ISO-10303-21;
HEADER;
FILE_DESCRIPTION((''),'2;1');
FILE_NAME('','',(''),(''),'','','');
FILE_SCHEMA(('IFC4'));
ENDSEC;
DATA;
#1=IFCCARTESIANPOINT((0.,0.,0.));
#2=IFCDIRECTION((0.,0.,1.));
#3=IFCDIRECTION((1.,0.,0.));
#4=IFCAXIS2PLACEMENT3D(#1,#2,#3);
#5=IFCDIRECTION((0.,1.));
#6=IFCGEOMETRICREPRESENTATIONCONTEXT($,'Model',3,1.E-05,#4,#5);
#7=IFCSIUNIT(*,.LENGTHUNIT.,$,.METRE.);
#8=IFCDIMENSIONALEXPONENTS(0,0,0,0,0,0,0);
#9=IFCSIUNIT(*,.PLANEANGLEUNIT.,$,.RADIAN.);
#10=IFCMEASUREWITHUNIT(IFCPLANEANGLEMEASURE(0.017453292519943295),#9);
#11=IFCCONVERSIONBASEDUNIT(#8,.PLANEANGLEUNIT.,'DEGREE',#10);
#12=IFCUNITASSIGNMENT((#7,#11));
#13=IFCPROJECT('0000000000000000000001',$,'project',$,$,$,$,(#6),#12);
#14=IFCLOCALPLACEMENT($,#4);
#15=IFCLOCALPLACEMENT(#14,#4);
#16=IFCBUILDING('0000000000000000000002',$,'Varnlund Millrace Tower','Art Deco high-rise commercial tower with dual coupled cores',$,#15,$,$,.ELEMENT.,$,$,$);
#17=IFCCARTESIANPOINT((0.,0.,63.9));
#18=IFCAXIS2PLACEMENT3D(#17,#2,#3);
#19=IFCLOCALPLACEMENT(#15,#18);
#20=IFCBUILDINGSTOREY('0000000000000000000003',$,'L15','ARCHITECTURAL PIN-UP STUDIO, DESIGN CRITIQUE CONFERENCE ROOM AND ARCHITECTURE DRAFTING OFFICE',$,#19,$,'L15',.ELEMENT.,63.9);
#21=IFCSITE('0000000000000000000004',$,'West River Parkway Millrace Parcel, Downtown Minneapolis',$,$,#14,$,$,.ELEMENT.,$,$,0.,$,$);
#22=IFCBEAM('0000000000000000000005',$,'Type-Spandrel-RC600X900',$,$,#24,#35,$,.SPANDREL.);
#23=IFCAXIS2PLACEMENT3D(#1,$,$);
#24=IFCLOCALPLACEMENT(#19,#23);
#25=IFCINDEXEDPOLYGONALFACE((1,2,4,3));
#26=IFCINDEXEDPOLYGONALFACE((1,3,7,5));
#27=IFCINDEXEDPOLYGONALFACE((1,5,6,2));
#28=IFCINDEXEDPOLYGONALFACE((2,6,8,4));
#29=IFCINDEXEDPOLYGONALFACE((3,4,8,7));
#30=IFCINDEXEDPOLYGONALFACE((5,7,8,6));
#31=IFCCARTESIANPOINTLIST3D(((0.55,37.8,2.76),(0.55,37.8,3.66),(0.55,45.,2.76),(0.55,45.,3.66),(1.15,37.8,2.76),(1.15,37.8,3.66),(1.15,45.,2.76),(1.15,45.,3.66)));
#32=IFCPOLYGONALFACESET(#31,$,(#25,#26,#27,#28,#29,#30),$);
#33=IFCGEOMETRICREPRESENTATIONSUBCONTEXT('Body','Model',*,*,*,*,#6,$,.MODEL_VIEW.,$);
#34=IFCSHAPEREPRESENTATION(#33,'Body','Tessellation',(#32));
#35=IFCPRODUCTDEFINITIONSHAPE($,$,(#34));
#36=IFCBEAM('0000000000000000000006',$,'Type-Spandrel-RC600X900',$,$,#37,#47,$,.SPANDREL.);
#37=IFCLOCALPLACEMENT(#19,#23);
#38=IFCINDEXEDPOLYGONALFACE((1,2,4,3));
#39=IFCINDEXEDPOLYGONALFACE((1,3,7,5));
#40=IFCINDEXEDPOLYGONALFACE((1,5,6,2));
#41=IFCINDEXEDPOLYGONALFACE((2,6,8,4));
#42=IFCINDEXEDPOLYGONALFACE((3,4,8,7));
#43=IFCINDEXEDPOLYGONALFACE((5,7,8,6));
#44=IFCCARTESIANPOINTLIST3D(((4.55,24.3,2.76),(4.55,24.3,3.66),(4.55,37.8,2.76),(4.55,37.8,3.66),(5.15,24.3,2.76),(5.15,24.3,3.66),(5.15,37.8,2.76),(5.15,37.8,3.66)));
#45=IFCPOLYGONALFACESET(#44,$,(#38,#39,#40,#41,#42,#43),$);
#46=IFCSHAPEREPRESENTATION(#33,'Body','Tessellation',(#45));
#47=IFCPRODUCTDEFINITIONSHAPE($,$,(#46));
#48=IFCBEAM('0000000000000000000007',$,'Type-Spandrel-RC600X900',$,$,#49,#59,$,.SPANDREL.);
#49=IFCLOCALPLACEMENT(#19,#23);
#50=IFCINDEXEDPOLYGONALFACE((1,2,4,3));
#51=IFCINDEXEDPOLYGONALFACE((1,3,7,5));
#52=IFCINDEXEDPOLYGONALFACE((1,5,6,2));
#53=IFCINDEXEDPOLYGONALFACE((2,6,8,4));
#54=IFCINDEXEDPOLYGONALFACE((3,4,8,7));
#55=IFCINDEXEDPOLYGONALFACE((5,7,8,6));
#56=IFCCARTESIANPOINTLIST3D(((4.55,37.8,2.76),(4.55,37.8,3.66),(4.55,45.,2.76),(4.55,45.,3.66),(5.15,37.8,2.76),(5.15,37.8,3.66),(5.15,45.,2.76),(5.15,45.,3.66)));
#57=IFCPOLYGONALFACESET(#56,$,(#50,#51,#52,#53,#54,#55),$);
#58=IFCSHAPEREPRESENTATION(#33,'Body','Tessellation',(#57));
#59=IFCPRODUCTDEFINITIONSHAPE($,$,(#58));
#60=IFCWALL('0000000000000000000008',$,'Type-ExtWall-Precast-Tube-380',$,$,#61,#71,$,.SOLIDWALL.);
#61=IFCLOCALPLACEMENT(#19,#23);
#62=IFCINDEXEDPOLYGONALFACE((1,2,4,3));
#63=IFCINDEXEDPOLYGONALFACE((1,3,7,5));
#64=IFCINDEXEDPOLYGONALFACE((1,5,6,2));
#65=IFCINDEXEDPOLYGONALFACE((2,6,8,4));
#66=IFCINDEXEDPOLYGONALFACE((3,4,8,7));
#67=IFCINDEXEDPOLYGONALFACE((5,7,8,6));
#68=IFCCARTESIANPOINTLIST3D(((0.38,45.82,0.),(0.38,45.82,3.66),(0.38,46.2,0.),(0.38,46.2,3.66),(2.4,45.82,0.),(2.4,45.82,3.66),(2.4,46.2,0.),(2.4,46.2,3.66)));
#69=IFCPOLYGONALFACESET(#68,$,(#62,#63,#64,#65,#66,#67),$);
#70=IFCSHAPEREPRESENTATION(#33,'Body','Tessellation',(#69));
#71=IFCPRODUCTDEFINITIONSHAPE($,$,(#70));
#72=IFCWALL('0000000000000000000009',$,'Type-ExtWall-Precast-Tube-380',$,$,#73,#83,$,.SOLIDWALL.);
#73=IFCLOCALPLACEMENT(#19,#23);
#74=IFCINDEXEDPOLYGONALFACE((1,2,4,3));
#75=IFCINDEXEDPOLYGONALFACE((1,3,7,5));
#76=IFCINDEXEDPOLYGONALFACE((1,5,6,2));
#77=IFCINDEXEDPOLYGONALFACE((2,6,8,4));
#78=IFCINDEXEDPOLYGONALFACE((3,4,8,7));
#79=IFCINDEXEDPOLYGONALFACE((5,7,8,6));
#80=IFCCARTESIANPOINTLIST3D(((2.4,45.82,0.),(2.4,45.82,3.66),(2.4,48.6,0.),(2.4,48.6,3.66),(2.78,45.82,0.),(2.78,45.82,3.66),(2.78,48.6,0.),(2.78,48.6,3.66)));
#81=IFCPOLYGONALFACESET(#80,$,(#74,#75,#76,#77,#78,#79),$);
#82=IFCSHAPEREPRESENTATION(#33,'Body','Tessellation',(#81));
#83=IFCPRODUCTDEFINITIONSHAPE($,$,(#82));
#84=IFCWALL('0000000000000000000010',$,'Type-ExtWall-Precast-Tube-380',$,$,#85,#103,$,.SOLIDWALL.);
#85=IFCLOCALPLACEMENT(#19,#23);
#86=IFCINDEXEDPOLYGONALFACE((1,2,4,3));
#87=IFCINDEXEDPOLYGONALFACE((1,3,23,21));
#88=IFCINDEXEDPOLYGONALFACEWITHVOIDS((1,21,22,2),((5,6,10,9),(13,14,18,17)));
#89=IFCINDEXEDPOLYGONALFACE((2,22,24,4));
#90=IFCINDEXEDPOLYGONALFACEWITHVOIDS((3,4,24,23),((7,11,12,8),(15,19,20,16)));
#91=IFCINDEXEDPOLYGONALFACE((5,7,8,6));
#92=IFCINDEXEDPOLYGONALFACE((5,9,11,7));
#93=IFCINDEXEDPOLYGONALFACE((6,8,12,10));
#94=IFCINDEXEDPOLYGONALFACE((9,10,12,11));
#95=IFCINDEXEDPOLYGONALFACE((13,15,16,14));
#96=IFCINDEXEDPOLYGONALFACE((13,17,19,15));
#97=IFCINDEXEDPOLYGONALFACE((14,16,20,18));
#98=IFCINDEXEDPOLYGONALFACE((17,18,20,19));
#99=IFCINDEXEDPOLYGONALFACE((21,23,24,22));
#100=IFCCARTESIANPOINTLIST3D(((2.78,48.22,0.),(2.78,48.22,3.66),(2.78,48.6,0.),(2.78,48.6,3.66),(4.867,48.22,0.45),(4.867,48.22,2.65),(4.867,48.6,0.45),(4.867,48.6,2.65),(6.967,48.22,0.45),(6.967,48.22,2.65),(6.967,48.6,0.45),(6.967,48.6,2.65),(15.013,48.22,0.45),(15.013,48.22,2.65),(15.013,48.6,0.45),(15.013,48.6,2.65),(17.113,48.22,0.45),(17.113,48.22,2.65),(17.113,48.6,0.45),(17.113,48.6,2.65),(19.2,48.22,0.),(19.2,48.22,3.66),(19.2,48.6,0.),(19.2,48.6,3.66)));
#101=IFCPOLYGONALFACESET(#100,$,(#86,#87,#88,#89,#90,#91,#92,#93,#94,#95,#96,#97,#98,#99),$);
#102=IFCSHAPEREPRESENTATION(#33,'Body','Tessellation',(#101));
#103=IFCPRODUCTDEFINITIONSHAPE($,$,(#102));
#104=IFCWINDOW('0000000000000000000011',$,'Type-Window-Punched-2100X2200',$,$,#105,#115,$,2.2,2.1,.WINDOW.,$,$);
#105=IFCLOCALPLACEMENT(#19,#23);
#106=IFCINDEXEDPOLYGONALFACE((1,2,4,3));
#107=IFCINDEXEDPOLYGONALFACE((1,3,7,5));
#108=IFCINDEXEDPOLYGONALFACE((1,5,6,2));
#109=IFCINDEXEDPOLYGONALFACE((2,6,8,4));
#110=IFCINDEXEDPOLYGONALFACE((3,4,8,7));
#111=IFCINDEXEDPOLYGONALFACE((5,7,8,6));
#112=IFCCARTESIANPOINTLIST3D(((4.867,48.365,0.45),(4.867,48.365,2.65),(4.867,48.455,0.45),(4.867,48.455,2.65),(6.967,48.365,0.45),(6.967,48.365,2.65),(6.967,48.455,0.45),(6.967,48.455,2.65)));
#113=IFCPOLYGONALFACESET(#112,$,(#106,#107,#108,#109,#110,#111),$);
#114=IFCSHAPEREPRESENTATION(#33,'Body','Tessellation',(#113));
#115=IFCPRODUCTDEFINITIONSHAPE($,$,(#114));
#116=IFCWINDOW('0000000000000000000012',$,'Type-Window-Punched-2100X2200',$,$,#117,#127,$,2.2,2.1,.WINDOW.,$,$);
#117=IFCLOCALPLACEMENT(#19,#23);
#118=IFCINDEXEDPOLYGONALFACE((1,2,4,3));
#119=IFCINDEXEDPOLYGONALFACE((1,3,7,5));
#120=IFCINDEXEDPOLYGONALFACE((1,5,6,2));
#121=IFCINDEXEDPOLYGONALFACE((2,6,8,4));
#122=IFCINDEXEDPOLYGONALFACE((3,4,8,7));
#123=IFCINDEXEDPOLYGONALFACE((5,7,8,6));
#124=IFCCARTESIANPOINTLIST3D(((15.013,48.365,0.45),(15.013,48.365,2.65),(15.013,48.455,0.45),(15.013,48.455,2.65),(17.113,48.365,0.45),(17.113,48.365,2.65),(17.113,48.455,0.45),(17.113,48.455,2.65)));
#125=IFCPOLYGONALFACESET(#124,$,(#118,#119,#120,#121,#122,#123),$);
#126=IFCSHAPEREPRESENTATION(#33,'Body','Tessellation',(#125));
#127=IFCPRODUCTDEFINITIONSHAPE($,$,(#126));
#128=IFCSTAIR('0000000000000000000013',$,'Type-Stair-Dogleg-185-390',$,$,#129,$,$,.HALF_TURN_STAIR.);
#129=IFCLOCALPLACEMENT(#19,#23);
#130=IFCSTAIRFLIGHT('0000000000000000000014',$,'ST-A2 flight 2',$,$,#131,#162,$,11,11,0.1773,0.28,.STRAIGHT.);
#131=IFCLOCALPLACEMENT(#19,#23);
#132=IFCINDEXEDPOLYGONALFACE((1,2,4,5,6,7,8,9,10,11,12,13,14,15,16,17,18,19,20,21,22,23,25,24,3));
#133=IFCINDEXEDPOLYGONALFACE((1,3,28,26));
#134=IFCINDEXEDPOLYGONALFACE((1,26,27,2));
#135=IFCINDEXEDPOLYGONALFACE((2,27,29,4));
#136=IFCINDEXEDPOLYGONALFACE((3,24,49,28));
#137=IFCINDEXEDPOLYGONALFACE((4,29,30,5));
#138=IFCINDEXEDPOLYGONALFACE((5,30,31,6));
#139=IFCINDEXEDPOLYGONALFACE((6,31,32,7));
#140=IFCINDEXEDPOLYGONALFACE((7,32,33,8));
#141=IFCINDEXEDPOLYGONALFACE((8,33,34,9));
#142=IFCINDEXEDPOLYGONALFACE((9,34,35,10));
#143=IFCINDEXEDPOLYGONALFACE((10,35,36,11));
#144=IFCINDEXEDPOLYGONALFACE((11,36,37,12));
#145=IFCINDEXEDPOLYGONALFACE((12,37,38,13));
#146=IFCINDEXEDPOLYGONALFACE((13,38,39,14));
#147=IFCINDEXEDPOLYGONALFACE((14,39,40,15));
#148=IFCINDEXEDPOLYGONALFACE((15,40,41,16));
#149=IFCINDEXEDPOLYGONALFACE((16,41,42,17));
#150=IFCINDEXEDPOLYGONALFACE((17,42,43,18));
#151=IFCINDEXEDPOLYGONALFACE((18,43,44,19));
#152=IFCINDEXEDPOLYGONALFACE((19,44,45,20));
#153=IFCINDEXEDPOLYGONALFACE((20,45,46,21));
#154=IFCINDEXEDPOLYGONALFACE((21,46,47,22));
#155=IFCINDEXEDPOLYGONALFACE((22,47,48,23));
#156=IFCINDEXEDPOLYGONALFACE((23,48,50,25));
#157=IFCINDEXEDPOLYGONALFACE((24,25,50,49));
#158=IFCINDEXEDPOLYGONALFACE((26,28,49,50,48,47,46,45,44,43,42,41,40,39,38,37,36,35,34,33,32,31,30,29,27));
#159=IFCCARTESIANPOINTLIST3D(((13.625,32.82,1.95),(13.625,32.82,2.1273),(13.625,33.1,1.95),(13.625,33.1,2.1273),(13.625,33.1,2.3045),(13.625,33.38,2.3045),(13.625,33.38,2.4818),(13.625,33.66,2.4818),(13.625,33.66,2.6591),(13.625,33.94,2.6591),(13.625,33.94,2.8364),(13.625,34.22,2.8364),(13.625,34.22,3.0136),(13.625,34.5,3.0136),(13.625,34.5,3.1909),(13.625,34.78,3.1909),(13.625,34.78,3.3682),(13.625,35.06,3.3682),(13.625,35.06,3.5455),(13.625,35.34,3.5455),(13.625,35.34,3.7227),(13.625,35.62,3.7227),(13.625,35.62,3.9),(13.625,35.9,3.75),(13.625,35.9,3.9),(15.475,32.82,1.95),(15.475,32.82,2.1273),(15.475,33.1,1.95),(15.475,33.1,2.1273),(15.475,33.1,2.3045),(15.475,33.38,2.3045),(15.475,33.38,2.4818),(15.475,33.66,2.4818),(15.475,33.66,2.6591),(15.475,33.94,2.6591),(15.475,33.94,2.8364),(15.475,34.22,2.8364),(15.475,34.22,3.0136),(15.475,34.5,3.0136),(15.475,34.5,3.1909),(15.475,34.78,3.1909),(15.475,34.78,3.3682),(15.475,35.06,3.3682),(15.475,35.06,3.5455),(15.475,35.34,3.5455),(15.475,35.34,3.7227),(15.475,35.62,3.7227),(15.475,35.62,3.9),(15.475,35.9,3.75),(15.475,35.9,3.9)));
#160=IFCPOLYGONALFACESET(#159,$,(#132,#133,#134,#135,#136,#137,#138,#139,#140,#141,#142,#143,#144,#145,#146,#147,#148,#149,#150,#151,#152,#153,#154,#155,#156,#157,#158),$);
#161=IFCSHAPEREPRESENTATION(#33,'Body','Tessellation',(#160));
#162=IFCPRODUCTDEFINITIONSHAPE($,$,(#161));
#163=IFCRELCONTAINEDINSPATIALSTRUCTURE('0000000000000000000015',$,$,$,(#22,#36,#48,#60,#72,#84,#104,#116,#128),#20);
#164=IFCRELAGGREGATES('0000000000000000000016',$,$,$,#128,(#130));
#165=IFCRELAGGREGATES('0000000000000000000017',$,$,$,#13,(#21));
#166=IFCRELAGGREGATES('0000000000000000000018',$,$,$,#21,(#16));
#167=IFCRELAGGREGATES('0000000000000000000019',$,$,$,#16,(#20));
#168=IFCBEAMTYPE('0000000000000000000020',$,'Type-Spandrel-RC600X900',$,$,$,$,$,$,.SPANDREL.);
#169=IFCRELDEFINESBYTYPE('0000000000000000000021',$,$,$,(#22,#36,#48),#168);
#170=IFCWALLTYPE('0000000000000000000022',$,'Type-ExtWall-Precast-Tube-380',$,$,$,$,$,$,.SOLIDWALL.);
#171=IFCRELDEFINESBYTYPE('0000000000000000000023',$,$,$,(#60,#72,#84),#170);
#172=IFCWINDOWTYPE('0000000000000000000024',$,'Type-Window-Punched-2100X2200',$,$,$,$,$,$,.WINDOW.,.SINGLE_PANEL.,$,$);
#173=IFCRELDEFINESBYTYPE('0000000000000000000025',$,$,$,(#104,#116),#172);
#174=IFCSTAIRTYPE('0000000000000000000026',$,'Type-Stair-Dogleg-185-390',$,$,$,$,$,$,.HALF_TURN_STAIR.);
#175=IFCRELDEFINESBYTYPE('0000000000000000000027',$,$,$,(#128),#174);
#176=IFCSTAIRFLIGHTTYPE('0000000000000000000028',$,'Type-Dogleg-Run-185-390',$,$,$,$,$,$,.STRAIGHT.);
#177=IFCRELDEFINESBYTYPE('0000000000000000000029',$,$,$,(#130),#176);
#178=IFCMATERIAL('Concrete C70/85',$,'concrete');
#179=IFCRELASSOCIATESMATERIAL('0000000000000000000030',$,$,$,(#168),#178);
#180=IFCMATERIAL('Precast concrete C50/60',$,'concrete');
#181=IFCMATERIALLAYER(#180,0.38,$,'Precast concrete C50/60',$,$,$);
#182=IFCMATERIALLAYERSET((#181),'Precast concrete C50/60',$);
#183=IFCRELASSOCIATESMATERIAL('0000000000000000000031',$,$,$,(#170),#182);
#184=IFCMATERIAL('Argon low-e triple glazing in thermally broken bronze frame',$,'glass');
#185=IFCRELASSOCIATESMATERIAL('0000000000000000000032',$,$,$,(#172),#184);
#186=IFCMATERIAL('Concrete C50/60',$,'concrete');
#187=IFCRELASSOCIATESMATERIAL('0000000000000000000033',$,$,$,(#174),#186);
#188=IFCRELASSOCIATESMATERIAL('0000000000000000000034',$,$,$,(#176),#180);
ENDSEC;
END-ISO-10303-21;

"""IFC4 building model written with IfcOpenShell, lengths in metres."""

from ifc_helpers import new_model, entity, si_unit, converted_unit, direction, frame, origin_with_axes, origin_2d_with_axis, place, context, subcontext, project, spatial, polyline, rectangle, outline, extrude, material, layer, layer_set, material_profile, profile_set, type_object, element, fill, aggregate, save


model = new_model("IFC4")

# Units and contexts
model_context = context("Model", 3, precision=1e-05, world=origin_with_axes(), true_north=direction((0.0, 1.0)))
body_context = subcontext(model_context, "Body", "Model", "MODEL_VIEW")
ifc_project = project(units=[si_unit("LENGTHUNIT", "METRE"), converted_unit("PLANEANGLEUNIT", "DEGREE", entity("IfcPlaneAngleMeasure", 0.017453292519943295), si_unit("PLANEANGLEUNIT", "RADIAN"), dimensions=[0, 0, 0, 0, 0, 0, 0])], contexts=[model_context])

# Site, building, storey
site_placement = place(None, origin_with_axes())
site = spatial("IfcSite", under=ifc_project, at=site_placement, Name="West River Parkway Millrace Parcel, Downtown Minneapolis", CompositionType="ELEMENT", RefElevation=0.0)
building_placement = place(site_placement, origin_with_axes())
building = spatial("IfcBuilding", under=site, at=building_placement, Name="Varnlund Millrace Tower", Description="Art Deco high-rise commercial tower with dual coupled cores", CompositionType="ELEMENT")
storey_placement = place(building_placement, frame((0.0, 0.0, 63.9), z_axis=(0.0, 0.0, 1.0), x_axis=(1.0, 0.0, 0.0)))
storey = spatial("IfcBuildingStorey", under=building, at=storey_placement, Name="L15", Description="ARCHITECTURAL PIN-UP STUDIO, DESIGN CRITIQUE CONFERENCE ROOM AND ARCHITECTURE DRAFTING OFFICE", LongName="L15", CompositionType="ELEMENT", Elevation=63.9)

# Beams
ifc_material_1 = material(Name="Concrete C70/85", Category="concrete")
ifc_material_profile_1 = material_profile(ifc_material_1, rectangle(XDim=0.6, YDim=0.9, at=origin_2d_with_axis()), Name="Concrete C70/85")
ifc_profile_set_1 = profile_set([ifc_material_profile_1], Name="Concrete C70/85")
beam_type_1 = type_object("IfcBeamType", Name="Type-Spandrel-RC600X900", PredefinedType="SPANDREL", material=ifc_profile_set_1)
beam_1_placement = place(storey_placement, frame((0.85, 37.8, 3.21), z_axis=(0.0, 1.0, 0.0), x_axis=(-1.0, 0.0, 0.0)))
element("IfcBeam", 1, at=beam_1_placement, inside=storey, type_object=beam_type_1, Name="Type-Spandrel-RC600X900", PredefinedType="SPANDREL", context=body_context, shape_type="SweptSolid", body=[
    extrude(rectangle(XDim=0.6, YDim=0.9, at=origin_2d_with_axis()), origin_with_axes(), (0.0, 0.0, 1.0), 7.2),
])
beam_2_placement = place(storey_placement, frame((4.85, 24.3, 3.21), z_axis=(0.0, 1.0, 0.0), x_axis=(-1.0, 0.0, 0.0)))
element("IfcBeam", 2, at=beam_2_placement, inside=storey, type_object=beam_type_1, Name="Type-Spandrel-RC600X900", PredefinedType="SPANDREL", context=body_context, shape_type="SweptSolid", body=[
    extrude(rectangle(XDim=0.6, YDim=0.9, at=origin_2d_with_axis()), origin_with_axes(), (0.0, 0.0, 1.0), 13.5),
])
beam_3_placement = place(storey_placement, frame((4.85, 37.8, 3.21), z_axis=(0.0, 1.0, 0.0), x_axis=(-1.0, 0.0, 0.0)))
element("IfcBeam", 3, at=beam_3_placement, inside=storey, type_object=beam_type_1, Name="Type-Spandrel-RC600X900", PredefinedType="SPANDREL", context=body_context, shape_type="SweptSolid", body=[
    extrude(rectangle(XDim=0.6, YDim=0.9, at=origin_2d_with_axis()), origin_with_axes(), (0.0, 0.0, 1.0), 7.2),
])

# Walls
ifc_material_2 = material(Name="Precast concrete C50/60", Category="concrete")
ifc_layer = layer(ifc_material_2, 0.38, Name="Precast concrete C50/60")
ifc_layer_set = layer_set([ifc_layer], Name="Precast concrete C50/60")
wall_type = type_object("IfcWallType", Name="Type-ExtWall-Precast-Tube-380", PredefinedType="SOLIDWALL", material=ifc_layer_set)
wall_1_placement = place(storey_placement, frame((0.38, 46.01, 0.0), z_axis=(0.0, 0.0, 1.0), x_axis=(1.0, 0.0, 0.0)))
element("IfcWall", 4, at=wall_1_placement, inside=storey, type_object=wall_type, Name="Type-ExtWall-Precast-Tube-380", PredefinedType="SOLIDWALL", context=body_context, shape_type="SweptSolid", body=[
    extrude(outline(polyline([(0.0, -0.19), (2.02, -0.19), (2.02, 0.19), (0.0, 0.19), (0.0, -0.19)])), origin_with_axes(), (0.0, 0.0, 1.0), 3.66),
])
wall_2_placement = place(storey_placement, frame((2.59, 45.82, 0.0), z_axis=(0.0, 0.0, 1.0), x_axis=(0.0, 1.0, 0.0)))
element("IfcWall", 5, at=wall_2_placement, inside=storey, type_object=wall_type, Name="Type-ExtWall-Precast-Tube-380", PredefinedType="SOLIDWALL", context=body_context, shape_type="SweptSolid", body=[
    extrude(outline(polyline([(0.0, -0.19), (2.78, -0.19), (2.78, 0.19), (0.0, 0.19), (0.0, -0.19)])), origin_with_axes(), (0.0, 0.0, 1.0), 3.66),
])

# Wall, openings, windows
wall_3_placement = place(storey_placement, frame((2.78, 48.41, 0.0), z_axis=(0.0, 0.0, 1.0), x_axis=(1.0, 0.0, 0.0)))
wall_3 = element("IfcWall", 6, at=wall_3_placement, inside=storey, type_object=wall_type, Name="Type-ExtWall-Precast-Tube-380", PredefinedType="SOLIDWALL", context=body_context, shape_type="SweptSolid", body=[
    extrude(outline(polyline([(0.0, -0.19), (16.42, -0.19), (16.42, 0.19), (0.0, 0.19), (0.0, -0.19)])), origin_with_axes(), (0.0, 0.0, 1.0), 3.66),
])
opening_1_placement = place(wall_3_placement, frame((3.137, 0.0, 0.45), z_axis=(0.0, 0.0, 1.0), x_axis=(1.0, 0.0, 0.0)))
opening_1 = element("IfcOpeningElement", 7, at=opening_1_placement, cuts=wall_3, PredefinedType="OPENING", context=body_context, shape_type="SweptSolid", body=[
    extrude(rectangle(XDim=2.1, YDim=0.4, at=origin_2d_with_axis()), origin_with_axes(), (0.0, 0.0, 1.0), 2.2),
])
opening_2_placement = place(wall_3_placement, frame((13.283, 0.0, 0.45), z_axis=(0.0, 0.0, 1.0), x_axis=(1.0, 0.0, 0.0)))
opening_2 = element("IfcOpeningElement", 8, at=opening_2_placement, cuts=wall_3, PredefinedType="OPENING", context=body_context, shape_type="SweptSolid", body=[
    extrude(rectangle(XDim=2.1, YDim=0.4, at=origin_2d_with_axis()), origin_with_axes(), (0.0, 0.0, 1.0), 2.2),
])
ifc_material_3 = material(Name="Argon low-e triple glazing in thermally broken bronze frame", Category="glass")
window_type = type_object("IfcWindowType", Name="Type-Window-Punched-2100X2200", PartitioningType="SINGLE_PANEL", PredefinedType="WINDOW", material=ifc_material_3)
window_1_placement = place(wall_3_placement, frame((3.137, 0.0, 0.45), z_axis=(0.0, 0.0, 1.0), x_axis=(1.0, 0.0, 0.0)))
window_1 = element("IfcWindow", 9, at=window_1_placement, inside=storey, type_object=window_type, Name="Type-Window-Punched-2100X2200", OverallHeight=2.2, OverallWidth=2.1, PredefinedType="WINDOW", context=body_context, shape_type="SweptSolid", body=[
    extrude(rectangle(XDim=2.1, YDim=0.09, at=origin_2d_with_axis()), origin_with_axes(), (0.0, 0.0, 1.0), 2.2),
])
fill(opening_1, window_1)
window_2_placement = place(wall_3_placement, frame((13.283, 0.0, 0.45), z_axis=(0.0, 0.0, 1.0), x_axis=(1.0, 0.0, 0.0)))
window_2 = element("IfcWindow", 10, at=window_2_placement, inside=storey, type_object=window_type, Name="Type-Window-Punched-2100X2200", OverallHeight=2.2, OverallWidth=2.1, PredefinedType="WINDOW", context=body_context, shape_type="SweptSolid", body=[
    extrude(rectangle(XDim=2.1, YDim=0.09, at=origin_2d_with_axis()), origin_with_axes(), (0.0, 0.0, 1.0), 2.2),
])
fill(opening_2, window_2)

# Stair, stair flight
ifc_material_4 = material(Name="Concrete C50/60", Category="concrete")
stair_type = type_object("IfcStairType", Name="Type-Stair-Dogleg-185-390", PredefinedType="HALF_TURN_STAIR", material=ifc_material_4)
stair_placement = place(storey_placement, origin_with_axes())
stair = element("IfcStair", 11, at=stair_placement, inside=storey, type_object=stair_type, Name="Type-Stair-Dogleg-185-390", PredefinedType="HALF_TURN_STAIR")
stair_flight_type = type_object("IfcStairFlightType", Name="Type-Dogleg-Run-185-390", PredefinedType="STRAIGHT", material=ifc_material_2)
stair_flight_placement = place(storey_placement, frame((13.625, 32.82, 1.95), z_axis=(1.0, 0.0, 0.0), x_axis=(0.0, 1.0, 0.0)))
stair_flight = element("IfcStairFlight", 12, at=stair_flight_placement, type_object=stair_flight_type, Name="ST-A2 flight 2", NumberOfRisers=11, NumberOfTreads=11, PredefinedType="STRAIGHT", RiserHeight=0.1773, TreadLength=0.28, context=body_context, shape_type="SweptSolid", body=[
    extrude(outline(polyline([(0.0, 0.0), (0.0, 0.1773), (0.28, 0.1773), (0.28, 0.3545), (0.56, 0.3545), (0.56, 0.5318), (0.84, 0.5318), (0.84, 0.7091), (1.12, 0.7091), (1.12, 0.8864), (1.4, 0.8864), (1.4, 1.0636), (1.68, 1.0636), (1.68, 1.2409), (1.96, 1.2409), (1.96, 1.4182), (2.24, 1.4182), (2.24, 1.5955), (2.52, 1.5955), (2.52, 1.7727), (2.8, 1.7727), (2.8, 1.95), (3.08, 1.95), (3.08, 1.8), (0.28, 0.0), (0.0, 0.0)])), origin_with_axes(), (0.0, 0.0, 1.0), 1.85),
])
aggregate(stair, [stair_flight])

save(model, "model.ifc")
